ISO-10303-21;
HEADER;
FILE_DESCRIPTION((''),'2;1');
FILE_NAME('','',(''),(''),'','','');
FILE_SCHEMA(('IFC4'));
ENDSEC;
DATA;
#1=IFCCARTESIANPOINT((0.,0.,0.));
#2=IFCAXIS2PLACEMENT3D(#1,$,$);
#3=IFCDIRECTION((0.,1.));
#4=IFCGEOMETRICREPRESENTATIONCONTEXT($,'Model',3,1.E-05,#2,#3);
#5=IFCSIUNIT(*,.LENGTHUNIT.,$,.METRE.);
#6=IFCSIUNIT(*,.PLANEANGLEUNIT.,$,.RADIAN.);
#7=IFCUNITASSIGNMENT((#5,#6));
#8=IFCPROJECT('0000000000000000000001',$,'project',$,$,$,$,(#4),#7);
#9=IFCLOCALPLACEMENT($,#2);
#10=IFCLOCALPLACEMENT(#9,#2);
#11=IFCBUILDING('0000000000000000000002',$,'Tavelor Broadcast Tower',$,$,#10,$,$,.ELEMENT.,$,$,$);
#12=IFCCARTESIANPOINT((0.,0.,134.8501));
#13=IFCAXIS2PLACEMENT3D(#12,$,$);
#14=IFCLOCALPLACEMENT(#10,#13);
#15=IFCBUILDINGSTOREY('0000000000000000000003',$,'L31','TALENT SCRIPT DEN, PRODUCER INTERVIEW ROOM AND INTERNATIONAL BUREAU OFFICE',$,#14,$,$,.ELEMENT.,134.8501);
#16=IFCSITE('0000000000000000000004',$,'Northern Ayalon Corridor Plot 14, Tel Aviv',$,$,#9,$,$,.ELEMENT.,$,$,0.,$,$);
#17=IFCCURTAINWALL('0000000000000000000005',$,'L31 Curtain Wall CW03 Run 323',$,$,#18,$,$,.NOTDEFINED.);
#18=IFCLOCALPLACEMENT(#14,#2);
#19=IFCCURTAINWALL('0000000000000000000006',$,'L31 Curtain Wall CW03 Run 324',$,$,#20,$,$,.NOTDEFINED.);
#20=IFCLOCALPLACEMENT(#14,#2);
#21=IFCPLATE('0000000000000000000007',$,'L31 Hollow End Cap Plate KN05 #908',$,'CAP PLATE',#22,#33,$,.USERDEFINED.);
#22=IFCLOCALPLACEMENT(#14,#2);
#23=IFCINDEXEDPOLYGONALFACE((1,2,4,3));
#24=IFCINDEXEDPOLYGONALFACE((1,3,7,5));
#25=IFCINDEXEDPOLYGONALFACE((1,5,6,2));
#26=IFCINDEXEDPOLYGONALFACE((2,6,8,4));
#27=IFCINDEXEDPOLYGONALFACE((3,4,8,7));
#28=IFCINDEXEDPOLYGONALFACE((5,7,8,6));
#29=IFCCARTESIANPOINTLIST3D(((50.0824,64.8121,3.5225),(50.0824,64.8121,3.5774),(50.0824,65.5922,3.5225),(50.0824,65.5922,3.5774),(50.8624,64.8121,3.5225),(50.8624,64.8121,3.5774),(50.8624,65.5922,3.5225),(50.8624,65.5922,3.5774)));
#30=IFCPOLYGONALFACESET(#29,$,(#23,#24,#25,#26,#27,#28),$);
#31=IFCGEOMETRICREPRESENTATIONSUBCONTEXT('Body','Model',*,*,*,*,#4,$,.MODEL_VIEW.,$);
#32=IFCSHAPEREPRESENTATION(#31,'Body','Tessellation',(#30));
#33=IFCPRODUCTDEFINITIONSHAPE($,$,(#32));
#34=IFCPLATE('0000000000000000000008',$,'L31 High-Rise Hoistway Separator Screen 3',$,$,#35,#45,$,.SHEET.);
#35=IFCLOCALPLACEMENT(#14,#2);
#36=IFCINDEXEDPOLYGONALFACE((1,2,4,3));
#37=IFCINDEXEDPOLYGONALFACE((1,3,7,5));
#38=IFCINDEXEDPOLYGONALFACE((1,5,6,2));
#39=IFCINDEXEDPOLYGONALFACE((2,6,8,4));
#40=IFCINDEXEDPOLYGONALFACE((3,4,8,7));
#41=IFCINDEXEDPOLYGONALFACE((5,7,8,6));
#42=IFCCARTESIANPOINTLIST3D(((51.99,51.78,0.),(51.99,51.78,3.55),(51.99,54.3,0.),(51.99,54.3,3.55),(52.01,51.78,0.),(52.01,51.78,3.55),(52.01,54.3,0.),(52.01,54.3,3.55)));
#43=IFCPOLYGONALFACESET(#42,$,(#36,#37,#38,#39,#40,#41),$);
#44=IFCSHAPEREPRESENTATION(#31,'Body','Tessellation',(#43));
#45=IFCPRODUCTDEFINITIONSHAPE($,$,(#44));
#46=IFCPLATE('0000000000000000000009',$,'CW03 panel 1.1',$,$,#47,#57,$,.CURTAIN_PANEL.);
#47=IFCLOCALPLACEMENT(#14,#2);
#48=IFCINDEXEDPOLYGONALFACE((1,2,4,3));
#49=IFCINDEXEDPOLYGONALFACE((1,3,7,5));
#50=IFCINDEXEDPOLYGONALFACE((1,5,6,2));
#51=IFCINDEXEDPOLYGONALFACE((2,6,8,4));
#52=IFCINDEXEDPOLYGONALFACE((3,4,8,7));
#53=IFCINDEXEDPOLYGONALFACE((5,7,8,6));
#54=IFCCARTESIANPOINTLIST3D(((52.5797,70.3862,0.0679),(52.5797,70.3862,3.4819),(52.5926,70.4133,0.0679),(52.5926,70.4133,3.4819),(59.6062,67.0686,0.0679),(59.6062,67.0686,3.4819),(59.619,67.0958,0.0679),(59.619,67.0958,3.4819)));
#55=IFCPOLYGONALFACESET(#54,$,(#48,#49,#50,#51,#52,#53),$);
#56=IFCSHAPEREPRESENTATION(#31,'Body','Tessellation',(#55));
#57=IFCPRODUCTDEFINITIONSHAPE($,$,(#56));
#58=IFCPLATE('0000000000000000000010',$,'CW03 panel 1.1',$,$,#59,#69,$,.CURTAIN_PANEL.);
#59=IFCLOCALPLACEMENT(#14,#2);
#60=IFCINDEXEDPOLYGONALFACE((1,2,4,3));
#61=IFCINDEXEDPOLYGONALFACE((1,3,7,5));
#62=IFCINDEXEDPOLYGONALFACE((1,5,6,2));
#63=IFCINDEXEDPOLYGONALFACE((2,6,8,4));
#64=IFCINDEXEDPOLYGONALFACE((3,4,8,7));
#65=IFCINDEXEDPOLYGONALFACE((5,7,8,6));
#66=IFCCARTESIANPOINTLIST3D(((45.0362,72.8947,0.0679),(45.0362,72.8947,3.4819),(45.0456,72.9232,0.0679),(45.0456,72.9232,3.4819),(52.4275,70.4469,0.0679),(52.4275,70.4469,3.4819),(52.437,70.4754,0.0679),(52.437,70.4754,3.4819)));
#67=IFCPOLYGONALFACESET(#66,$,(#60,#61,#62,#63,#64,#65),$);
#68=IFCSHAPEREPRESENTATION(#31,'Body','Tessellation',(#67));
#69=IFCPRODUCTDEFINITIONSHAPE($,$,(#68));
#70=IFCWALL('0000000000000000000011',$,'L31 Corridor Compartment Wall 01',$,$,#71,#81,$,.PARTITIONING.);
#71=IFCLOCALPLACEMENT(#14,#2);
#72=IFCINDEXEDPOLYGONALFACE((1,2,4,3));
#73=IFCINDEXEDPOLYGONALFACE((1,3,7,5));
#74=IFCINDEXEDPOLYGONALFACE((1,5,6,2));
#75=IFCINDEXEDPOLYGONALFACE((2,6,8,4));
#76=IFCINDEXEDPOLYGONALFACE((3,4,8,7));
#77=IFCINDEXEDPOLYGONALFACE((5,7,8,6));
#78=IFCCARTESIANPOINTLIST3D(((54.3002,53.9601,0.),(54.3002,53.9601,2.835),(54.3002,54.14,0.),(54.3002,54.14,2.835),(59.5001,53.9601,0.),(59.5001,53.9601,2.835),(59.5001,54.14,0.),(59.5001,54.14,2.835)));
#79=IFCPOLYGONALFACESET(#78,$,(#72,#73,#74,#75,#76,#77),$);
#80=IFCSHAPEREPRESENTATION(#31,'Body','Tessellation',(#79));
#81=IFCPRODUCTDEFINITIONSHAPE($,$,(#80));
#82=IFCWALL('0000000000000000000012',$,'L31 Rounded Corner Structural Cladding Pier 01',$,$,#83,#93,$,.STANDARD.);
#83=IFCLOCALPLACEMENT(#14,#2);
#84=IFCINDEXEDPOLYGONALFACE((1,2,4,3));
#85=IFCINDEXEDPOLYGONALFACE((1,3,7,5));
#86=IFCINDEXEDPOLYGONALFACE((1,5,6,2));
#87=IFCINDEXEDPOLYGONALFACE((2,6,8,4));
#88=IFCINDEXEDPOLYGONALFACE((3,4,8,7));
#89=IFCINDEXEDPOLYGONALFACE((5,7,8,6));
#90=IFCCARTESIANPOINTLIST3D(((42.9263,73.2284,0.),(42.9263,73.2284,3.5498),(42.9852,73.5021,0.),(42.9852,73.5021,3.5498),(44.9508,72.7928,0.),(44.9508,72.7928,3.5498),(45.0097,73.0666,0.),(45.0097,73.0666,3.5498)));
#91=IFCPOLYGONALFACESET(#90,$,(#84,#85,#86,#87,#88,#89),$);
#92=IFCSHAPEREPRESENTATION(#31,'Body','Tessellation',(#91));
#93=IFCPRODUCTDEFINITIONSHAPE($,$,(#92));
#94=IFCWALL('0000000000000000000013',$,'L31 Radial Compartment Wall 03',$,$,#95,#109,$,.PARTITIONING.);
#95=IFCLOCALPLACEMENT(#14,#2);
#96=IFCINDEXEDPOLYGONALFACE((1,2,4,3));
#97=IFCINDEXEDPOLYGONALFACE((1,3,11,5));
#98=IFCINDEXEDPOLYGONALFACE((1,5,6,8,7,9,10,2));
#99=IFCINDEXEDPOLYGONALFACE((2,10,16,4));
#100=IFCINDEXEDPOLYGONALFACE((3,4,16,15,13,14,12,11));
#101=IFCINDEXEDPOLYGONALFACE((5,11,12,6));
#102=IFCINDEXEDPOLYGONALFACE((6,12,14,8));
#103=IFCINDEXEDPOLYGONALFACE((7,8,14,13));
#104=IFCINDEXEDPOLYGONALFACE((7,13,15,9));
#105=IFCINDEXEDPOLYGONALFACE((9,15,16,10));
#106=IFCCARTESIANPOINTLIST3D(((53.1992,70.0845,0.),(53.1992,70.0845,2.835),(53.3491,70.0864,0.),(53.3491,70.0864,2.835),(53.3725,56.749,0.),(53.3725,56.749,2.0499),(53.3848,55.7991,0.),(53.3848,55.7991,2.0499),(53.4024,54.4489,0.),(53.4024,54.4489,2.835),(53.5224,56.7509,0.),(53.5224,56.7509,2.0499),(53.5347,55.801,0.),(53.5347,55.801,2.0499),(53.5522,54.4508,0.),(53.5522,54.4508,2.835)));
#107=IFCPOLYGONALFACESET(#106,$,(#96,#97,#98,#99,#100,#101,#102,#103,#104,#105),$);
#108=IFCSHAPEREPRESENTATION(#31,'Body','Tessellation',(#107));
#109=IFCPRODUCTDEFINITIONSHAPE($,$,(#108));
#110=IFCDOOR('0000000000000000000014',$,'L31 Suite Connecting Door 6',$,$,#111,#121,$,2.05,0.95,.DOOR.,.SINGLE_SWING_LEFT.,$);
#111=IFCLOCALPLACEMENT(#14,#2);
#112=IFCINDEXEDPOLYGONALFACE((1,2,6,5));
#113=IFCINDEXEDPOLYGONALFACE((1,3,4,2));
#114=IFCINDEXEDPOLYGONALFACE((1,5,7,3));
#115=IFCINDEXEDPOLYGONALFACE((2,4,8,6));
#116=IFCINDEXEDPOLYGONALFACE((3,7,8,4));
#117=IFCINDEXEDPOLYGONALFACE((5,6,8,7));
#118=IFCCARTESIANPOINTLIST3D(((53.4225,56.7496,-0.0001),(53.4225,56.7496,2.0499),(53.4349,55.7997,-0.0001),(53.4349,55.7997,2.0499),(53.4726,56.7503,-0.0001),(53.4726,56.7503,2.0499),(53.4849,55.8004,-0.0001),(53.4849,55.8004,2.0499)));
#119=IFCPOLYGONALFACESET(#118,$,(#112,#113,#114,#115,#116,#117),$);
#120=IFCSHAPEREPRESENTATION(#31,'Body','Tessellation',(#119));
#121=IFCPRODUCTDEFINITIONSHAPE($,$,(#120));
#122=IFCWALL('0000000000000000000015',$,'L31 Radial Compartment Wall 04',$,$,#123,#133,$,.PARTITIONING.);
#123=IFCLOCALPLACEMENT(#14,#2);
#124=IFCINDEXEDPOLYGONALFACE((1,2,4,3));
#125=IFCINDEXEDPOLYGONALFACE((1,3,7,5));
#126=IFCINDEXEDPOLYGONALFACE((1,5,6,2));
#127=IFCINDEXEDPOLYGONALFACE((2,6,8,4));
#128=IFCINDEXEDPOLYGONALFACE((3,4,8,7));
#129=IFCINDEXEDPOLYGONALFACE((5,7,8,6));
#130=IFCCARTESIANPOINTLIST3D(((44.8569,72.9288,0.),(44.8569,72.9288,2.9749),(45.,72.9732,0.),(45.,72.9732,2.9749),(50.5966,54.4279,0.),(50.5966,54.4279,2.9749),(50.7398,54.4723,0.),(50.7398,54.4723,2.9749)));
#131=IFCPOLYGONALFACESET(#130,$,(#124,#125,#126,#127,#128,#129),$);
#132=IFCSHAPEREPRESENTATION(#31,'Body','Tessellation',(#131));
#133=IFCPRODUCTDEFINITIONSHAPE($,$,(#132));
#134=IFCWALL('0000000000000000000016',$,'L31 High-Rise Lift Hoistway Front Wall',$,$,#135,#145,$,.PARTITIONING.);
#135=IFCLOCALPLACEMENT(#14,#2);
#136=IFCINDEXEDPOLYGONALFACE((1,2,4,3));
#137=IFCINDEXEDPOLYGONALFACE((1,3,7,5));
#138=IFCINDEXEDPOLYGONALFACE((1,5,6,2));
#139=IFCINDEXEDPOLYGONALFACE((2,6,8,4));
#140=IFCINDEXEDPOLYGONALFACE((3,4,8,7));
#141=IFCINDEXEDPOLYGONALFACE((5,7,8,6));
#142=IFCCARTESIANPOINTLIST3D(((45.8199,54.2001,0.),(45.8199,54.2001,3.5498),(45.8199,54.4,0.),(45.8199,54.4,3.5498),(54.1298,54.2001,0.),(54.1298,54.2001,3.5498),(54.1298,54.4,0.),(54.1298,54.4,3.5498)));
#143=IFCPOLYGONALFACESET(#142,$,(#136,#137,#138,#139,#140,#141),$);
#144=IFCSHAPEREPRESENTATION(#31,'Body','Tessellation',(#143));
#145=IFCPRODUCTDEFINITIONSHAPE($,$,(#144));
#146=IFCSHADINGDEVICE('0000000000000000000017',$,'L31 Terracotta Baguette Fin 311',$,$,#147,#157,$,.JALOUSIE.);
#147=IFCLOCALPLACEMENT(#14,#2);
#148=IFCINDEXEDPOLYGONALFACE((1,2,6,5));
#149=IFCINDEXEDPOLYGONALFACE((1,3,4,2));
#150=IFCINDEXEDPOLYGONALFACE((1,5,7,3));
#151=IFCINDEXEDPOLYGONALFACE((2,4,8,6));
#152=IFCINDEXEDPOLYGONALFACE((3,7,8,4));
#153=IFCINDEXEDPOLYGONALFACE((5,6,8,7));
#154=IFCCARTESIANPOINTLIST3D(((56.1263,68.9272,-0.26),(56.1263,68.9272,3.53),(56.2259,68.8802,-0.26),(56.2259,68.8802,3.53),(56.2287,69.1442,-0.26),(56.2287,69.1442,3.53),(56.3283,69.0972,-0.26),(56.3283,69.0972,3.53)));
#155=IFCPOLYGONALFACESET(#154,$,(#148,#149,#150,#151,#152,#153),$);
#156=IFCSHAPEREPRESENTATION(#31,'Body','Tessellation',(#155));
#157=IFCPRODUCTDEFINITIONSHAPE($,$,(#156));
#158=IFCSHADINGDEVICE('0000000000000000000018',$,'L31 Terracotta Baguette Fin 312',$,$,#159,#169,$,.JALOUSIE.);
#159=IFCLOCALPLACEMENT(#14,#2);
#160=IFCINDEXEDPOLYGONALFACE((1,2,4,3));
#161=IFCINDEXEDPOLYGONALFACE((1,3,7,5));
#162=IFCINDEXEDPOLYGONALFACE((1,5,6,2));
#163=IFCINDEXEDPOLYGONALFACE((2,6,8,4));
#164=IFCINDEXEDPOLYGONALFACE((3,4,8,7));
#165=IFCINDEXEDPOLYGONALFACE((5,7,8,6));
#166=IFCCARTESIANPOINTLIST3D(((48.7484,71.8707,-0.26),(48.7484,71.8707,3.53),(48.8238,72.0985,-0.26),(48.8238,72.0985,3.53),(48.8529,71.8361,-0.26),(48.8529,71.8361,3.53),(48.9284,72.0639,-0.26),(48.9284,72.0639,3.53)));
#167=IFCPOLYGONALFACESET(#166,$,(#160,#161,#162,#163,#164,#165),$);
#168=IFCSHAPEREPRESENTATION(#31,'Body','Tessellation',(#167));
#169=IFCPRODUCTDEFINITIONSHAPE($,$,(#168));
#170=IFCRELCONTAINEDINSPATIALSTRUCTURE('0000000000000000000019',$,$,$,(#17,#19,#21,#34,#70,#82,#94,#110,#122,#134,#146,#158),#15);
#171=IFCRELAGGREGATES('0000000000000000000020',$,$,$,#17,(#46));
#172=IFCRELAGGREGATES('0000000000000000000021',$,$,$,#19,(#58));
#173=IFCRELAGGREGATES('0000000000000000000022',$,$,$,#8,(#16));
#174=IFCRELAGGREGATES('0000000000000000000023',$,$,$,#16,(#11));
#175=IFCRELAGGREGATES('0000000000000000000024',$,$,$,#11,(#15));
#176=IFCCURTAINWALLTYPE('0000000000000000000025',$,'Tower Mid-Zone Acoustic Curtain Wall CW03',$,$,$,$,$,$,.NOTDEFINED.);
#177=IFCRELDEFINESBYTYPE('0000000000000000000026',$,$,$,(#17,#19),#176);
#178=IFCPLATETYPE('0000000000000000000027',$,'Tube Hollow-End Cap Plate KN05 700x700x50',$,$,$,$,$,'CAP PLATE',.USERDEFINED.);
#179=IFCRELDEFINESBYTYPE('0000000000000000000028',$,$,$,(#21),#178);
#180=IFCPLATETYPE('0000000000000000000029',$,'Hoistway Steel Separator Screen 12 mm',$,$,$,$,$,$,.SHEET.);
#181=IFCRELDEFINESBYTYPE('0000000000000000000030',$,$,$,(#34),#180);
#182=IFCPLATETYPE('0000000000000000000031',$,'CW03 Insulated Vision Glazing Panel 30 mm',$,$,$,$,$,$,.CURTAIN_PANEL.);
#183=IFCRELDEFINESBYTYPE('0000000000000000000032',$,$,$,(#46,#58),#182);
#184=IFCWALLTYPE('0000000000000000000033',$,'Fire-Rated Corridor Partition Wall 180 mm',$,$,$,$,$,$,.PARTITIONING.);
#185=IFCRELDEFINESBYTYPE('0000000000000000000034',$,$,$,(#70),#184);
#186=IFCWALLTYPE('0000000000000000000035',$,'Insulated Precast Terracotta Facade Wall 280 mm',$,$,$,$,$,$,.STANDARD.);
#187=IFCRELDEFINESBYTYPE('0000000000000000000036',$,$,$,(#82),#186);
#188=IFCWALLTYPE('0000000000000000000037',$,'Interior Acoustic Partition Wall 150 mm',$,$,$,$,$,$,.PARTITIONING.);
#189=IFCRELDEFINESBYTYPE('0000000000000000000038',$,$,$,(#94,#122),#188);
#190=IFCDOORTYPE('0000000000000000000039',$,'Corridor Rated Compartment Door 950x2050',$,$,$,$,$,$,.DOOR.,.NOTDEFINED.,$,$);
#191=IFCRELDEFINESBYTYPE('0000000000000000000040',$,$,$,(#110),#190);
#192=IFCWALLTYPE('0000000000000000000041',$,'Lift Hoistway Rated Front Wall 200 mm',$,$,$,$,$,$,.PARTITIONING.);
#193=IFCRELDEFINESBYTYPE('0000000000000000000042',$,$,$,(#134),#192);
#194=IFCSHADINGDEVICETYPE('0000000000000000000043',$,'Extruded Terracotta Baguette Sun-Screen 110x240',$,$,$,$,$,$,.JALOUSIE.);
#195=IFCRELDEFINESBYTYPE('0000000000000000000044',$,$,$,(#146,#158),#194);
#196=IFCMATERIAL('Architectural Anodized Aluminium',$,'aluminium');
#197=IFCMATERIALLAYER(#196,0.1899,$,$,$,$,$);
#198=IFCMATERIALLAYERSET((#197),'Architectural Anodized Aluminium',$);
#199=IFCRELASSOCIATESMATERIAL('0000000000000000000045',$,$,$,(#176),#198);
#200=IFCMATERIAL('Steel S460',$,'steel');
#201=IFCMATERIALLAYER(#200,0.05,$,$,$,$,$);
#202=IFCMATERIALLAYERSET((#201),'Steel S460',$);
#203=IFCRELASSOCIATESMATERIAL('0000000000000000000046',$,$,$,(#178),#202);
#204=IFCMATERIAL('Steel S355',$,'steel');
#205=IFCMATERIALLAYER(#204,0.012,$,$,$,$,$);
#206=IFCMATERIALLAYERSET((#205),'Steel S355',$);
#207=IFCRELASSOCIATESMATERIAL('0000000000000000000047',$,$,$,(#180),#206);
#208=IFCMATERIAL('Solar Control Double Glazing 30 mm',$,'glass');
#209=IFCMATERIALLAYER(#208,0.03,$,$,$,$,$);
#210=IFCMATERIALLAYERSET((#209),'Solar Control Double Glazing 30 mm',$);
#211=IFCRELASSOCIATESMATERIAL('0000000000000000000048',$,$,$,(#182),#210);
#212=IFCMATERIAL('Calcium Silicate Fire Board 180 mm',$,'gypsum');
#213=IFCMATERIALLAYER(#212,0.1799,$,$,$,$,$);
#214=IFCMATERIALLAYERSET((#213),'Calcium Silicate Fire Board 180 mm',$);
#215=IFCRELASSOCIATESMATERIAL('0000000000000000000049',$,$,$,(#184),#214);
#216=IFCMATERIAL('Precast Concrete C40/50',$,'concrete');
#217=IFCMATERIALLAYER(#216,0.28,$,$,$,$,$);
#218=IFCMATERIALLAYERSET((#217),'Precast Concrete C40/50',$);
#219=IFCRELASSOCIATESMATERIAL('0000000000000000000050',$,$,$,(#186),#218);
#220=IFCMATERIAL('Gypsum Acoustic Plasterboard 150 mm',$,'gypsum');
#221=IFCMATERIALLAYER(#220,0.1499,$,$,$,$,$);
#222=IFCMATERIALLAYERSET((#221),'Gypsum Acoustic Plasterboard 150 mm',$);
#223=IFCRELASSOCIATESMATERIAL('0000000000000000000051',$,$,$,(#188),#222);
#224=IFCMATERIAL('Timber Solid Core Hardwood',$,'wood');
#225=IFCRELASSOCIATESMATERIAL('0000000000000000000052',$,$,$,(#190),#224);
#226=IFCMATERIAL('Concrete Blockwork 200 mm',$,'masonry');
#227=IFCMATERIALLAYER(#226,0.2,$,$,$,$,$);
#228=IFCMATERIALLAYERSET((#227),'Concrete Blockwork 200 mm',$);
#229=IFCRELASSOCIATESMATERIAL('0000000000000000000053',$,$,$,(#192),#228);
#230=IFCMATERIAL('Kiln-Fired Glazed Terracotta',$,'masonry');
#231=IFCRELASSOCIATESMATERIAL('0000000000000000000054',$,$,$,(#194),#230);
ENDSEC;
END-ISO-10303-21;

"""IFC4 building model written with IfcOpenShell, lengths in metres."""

from ifc_helpers import new_model, si_unit, direction, frame, frame_2d, origin, origin_2d, place, context, subcontext, project, spatial, rectangle, extrude, source, transform, mapped, material, layer, layer_set, type_object, type_shapes, element, fill, aggregate, save


model = new_model("IFC4")

# Units and contexts
model_context = context("Model", 3, precision=1e-05, world=origin(), true_north=direction((0.0, 1.0)))
body_context = subcontext(model_context, "Body", "Model", "MODEL_VIEW")
ifc_project = project(units=[si_unit("LENGTHUNIT", "METRE"), si_unit("PLANEANGLEUNIT", "RADIAN")], contexts=[model_context])

# Site, building, storey
site_placement = place(None, origin())
site = spatial("IfcSite", under=ifc_project, at=site_placement, Name="Northern Ayalon Corridor Plot 14, Tel Aviv", CompositionType="ELEMENT", RefElevation=0.0)
building_placement = place(site_placement, origin())
building = spatial("IfcBuilding", under=site, at=building_placement, Name="Tavelor Broadcast Tower", CompositionType="ELEMENT")
storey_placement = place(building_placement, frame((0.0, 0.0, 134.8501)))
storey = spatial("IfcBuildingStorey", under=building, at=storey_placement, Name="L31", Description="TALENT SCRIPT DEN, PRODUCER INTERVIEW ROOM AND INTERNATIONAL BUREAU OFFICE", CompositionType="ELEMENT", Elevation=134.8501)

# Shared definitions
ifc_material_1 = material(Name="Steel S460", Category="steel")

# Shared definitions
ifc_material_2 = material(Name="Steel S355", Category="steel")

# Curtain wall
ifc_material_3 = material(Name="Architectural Anodized Aluminium", Category="aluminium")
ifc_layer_1 = layer(ifc_material_3, 0.1899)
ifc_layer_set_1 = layer_set([ifc_layer_1], Name="Architectural Anodized Aluminium")
curtain_wall_type = type_object("IfcCurtainWallType", Name="Tower Mid-Zone Acoustic Curtain Wall CW03", PredefinedType="NOTDEFINED", material=ifc_layer_set_1)
curtain_wall_1_placement = place(storey_placement, origin())
curtain_wall_1 = element("IfcCurtainWall", 1, at=curtain_wall_1_placement, inside=storey, type_object=curtain_wall_type, Name="L31 Curtain Wall CW03 Run 323", PredefinedType="NOTDEFINED")

# Curtain wall
curtain_wall_2_placement = place(storey_placement, origin())
curtain_wall_2 = element("IfcCurtainWall", 2, at=curtain_wall_2_placement, inside=storey, type_object=curtain_wall_type, Name="L31 Curtain Wall CW03 Run 324", PredefinedType="NOTDEFINED")

# Plates
ifc_layer_2 = layer(ifc_material_1, 0.05)
ifc_layer_set_2 = layer_set([ifc_layer_2], Name="Steel S460")
plate_type_1 = type_object("IfcPlateType", Name="Tube Hollow-End Cap Plate KN05 700x700x50", ElementType="CAP PLATE", PredefinedType="USERDEFINED", material=ifc_layer_set_2)
shared_shape_1 = source(origin(), body_context, "Body", "SweptSolid", [
    extrude(rectangle(XDim=0.78, YDim=0.78, at=origin_2d()), origin(), (0.0, 0.0, 1.0), 0.0549),
])
type_shapes(plate_type_1, [shared_shape_1])
plate_1_placement = place(storey_placement, frame((50.4724, 65.2021, 3.5225), z_axis=(0.0, 0.0, 1.0), x_axis=(1.0, 0.0, 0.0)))
element("IfcPlate", 3, at=plate_1_placement, inside=storey, type_object=plate_type_1, Name="L31 Hollow End Cap Plate KN05 #908", ObjectType="CAP PLATE", PredefinedType="USERDEFINED", context=body_context, shape_type="MappedRepresentation", body=[
    mapped(shared_shape_1, transform((0.0, 0.0, 0.0), scale=1.0)),
])
ifc_layer_3 = layer(ifc_material_2, 0.012)
ifc_layer_set_3 = layer_set([ifc_layer_3], Name="Steel S355")
plate_type_2 = type_object("IfcPlateType", Name="Hoistway Steel Separator Screen 12 mm", PredefinedType="SHEET", material=ifc_layer_set_3)
shared_shape_2 = source(origin(), body_context, "Body", "SweptSolid", [
    extrude(rectangle(XDim=0.02, YDim=2.52, at=origin_2d()), origin(), (0.0, 0.0, 1.0), 3.55),
])
type_shapes(plate_type_2, [shared_shape_2])
plate_2_placement = place(storey_placement, frame((52.0, 53.04, 0.0), z_axis=(0.0, 0.0, 1.0), x_axis=(1.0, 0.0, 0.0)))
element("IfcPlate", 4, at=plate_2_placement, inside=storey, type_object=plate_type_2, Name="L31 High-Rise Hoistway Separator Screen 3", PredefinedType="SHEET", context=body_context, shape_type="MappedRepresentation", body=[
    mapped(shared_shape_2, transform((0.0, 0.0, 0.0), scale=1.0)),
])

# Plates
ifc_material_4 = material(Name="Solar Control Double Glazing 30 mm", Category="glass")
ifc_layer_4 = layer(ifc_material_4, 0.03)
ifc_layer_set_4 = layer_set([ifc_layer_4], Name="Solar Control Double Glazing 30 mm")
plate_type_3 = type_object("IfcPlateType", Name="CW03 Insulated Vision Glazing Panel 30 mm", PredefinedType="CURTAIN_PANEL", material=ifc_layer_set_4)
shared_shape_3 = source(origin(), body_context, "Body", "SweptSolid", [
    extrude(rectangle(XDim=7.7703, YDim=0.03, at=origin_2d()), origin(), (0.0, 0.0, 1.0), 3.4141),
])
plate_3_placement = place(storey_placement, frame((56.0994, 68.741, 0.0679), z_axis=(0.0, 0.0, 1.0), x_axis=(-0.904273, 0.426954, 0.0)))
plate_3 = element("IfcPlate", 5, at=plate_3_placement, type_object=plate_type_3, Name="CW03 panel 1.1", PredefinedType="CURTAIN_PANEL", context=body_context, shape_type="MappedRepresentation", body=[
    mapped(shared_shape_3, transform((0.0, 0.0, 0.0), scale=1.0)),
])
aggregate(curtain_wall_1, [plate_3])
shared_shape_4 = source(origin(), body_context, "Body", "SweptSolid", [
    extrude(rectangle(XDim=7.7861, YDim=0.03, at=origin_2d()), origin(), (0.0, 0.0, 1.0), 3.4141),
])
type_shapes(plate_type_3, [shared_shape_3, shared_shape_4])
plate_4_placement = place(storey_placement, frame((48.7366, 71.6851, 0.0679), z_axis=(0.0, 0.0, 1.0), x_axis=(-0.949295, 0.314387, 0.0)))
plate_4 = element("IfcPlate", 6, at=plate_4_placement, type_object=plate_type_3, Name="CW03 panel 1.1", PredefinedType="CURTAIN_PANEL", context=body_context, shape_type="MappedRepresentation", body=[
    mapped(shared_shape_4, transform((0.0, 0.0, 0.0), scale=1.0)),
])
aggregate(curtain_wall_2, [plate_4])

# Walls
ifc_material_5 = material(Name="Calcium Silicate Fire Board 180 mm", Category="gypsum")
ifc_layer_5 = layer(ifc_material_5, 0.1799)
ifc_layer_set_5 = layer_set([ifc_layer_5], Name="Calcium Silicate Fire Board 180 mm")
wall_type_1 = type_object("IfcWallType", Name="Fire-Rated Corridor Partition Wall 180 mm", PredefinedType="PARTITIONING", material=ifc_layer_set_5)
wall_1_placement = place(storey_placement, frame((54.3, 54.05, 0.0), z_axis=(0.0, 0.0, 1.0), x_axis=(1.0, 0.0, 0.0)))
element("IfcWall", 7, at=wall_1_placement, inside=storey, type_object=wall_type_1, Name="L31 Corridor Compartment Wall 01", PredefinedType="PARTITIONING", context=body_context, shape_type="SweptSolid", body=[
    extrude(rectangle(XDim=5.2, YDim=0.1799, at=frame_2d((2.6001, 0.0))), origin(), (0.0, 0.0, 1.0), 2.835),
])
ifc_material_6 = material(Name="Precast Concrete C40/50", Category="concrete")
ifc_layer_6 = layer(ifc_material_6, 0.28)
ifc_layer_set_6 = layer_set([ifc_layer_6], Name="Precast Concrete C40/50")
wall_type_2 = type_object("IfcWallType", Name="Insulated Precast Terracotta Facade Wall 280 mm", PredefinedType="STANDARD", material=ifc_layer_set_6)
wall_2_placement = place(storey_placement, frame((44.9802, 72.9297, 0.0), z_axis=(0.0, 0.0, 1.0), x_axis=(-0.97763, 0.210334, 0.0)))
element("IfcWall", 8, at=wall_2_placement, inside=storey, type_object=wall_type_2, Name="L31 Rounded Corner Structural Cladding Pier 01", PredefinedType="STANDARD", context=body_context, shape_type="SweptSolid", body=[
    extrude(rectangle(XDim=2.0708, YDim=0.28, at=frame_2d((1.0354, 0.0))), origin(), (0.0, 0.0, 1.0), 3.5498),
])

# Wall, opening, door
ifc_material_7 = material(Name="Gypsum Acoustic Plasterboard 150 mm", Category="gypsum")
ifc_layer_7 = layer(ifc_material_7, 0.1499)
ifc_layer_set_7 = layer_set([ifc_layer_7], Name="Gypsum Acoustic Plasterboard 150 mm")
wall_type_3 = type_object("IfcWallType", Name="Interior Acoustic Partition Wall 150 mm", PredefinedType="PARTITIONING", material=ifc_layer_set_7)
wall_3_placement = place(storey_placement, frame((53.4773, 54.45, 0.0), z_axis=(0.0, 0.0, 1.0), x_axis=(-0.01299, 0.999916, 0.0)))
wall_3 = element("IfcWall", 9, at=wall_3_placement, inside=storey, type_object=wall_type_3, Name="L31 Radial Compartment Wall 03", PredefinedType="PARTITIONING", context=body_context, shape_type="SweptSolid", body=[
    extrude(rectangle(XDim=15.637, YDim=0.1499, at=frame_2d((7.8184, 0.0))), origin(), (0.0, 0.0, 1.0), 2.835),
])
opening_placement = place(wall_3_placement, frame((1.3501, 0.0, 0.0)))
opening = element("IfcOpeningElement", 10, at=opening_placement, cuts=wall_3, PredefinedType="OPENING", context=body_context, shape_type="SweptSolid", body=[
    extrude(rectangle(XDim=0.95, YDim=2.05, at=frame_2d((0.4751, 1.0249))), frame((0.0, 0.085, 0.0), z_axis=(0.0, -1.0, 0.0), x_axis=(1.0, 0.0, 0.0)), (0.0, 0.0, 1.0), 0.1699),
])
ifc_material_8 = material(Name="Timber Solid Core Hardwood", Category="wood")
door_type = type_object("IfcDoorType", Name="Corridor Rated Compartment Door 950x2050", OperationType="NOTDEFINED", PredefinedType="DOOR", material=ifc_material_8)
door_placement = place(opening_placement, origin())
door = element("IfcDoor", 11, at=door_placement, inside=storey, type_object=door_type, Name="L31 Suite Connecting Door 6", OperationType="SINGLE_SWING_LEFT", OverallHeight=2.05, OverallWidth=0.95, PredefinedType="DOOR", context=body_context, shape_type="SweptSolid", body=[
    extrude(rectangle(XDim=0.95, YDim=2.05, at=frame_2d((0.4751, 1.0249))), frame((0.0, 0.0249, 0.0), z_axis=(0.0, -1.0, 0.0), x_axis=(1.0, 0.0, 0.0)), (0.0, 0.0, 1.0), 0.05),
])
fill(opening, door)

# Walls
wall_4_placement = place(storey_placement, frame((50.6682, 54.45, 0.0), z_axis=(0.0, 0.0, 1.0), x_axis=(-0.296308, 0.955092, 0.0)))
element("IfcWall", 12, at=wall_4_placement, inside=storey, type_object=wall_type_3, Name="L31 Radial Compartment Wall 04", PredefinedType="PARTITIONING", context=body_context, shape_type="SweptSolid", body=[
    extrude(rectangle(XDim=19.3708, YDim=0.1499, at=frame_2d((9.6855, 0.0))), origin(), (0.0, 0.0, 1.0), 2.9749),
])
ifc_material_9 = material(Name="Concrete Blockwork 200 mm", Category="masonry")
ifc_layer_8 = layer(ifc_material_9, 0.2)
ifc_layer_set_8 = layer_set([ifc_layer_8], Name="Concrete Blockwork 200 mm")
wall_type_4 = type_object("IfcWallType", Name="Lift Hoistway Rated Front Wall 200 mm", PredefinedType="PARTITIONING", material=ifc_layer_set_8)
wall_5_placement = place(storey_placement, frame((45.8201, 54.3, 0.0), z_axis=(0.0, 0.0, 1.0), x_axis=(1.0, 0.0, 0.0)))
element("IfcWall", 13, at=wall_5_placement, inside=storey, type_object=wall_type_4, Name="L31 High-Rise Lift Hoistway Front Wall", PredefinedType="PARTITIONING", context=body_context, shape_type="SweptSolid", body=[
    extrude(rectangle(XDim=8.3098, YDim=0.2, at=frame_2d((4.1548, 0.0))), origin(), (0.0, 0.0, 1.0), 3.5498),
])

# Shading devices
ifc_material_10 = material(Name="Kiln-Fired Glazed Terracotta", Category="masonry")
shading_device_type = type_object("IfcShadingDeviceType", Name="Extruded Terracotta Baguette Sun-Screen 110x240", PredefinedType="JALOUSIE", material=ifc_material_10)
shared_shape_5 = source(origin(), body_context, "Body", "SweptSolid", [
    extrude(rectangle(XDim=0.1101, YDim=0.24, at=origin_2d()), origin(), (0.0, 0.0, 1.0), 3.79),
])
type_shapes(shading_device_type, [shared_shape_5])
for number, where, z_axis, x_axis, name in (
    (14, (56.2273, 69.0122, -0.26), (0.0, 0.0, 1.0), (-0.904306, 0.426884, 0.0), "L31 Terracotta Baguette Fin 311"),
    (15, (48.8384, 71.9673, -0.26), (0.0, 0.0, 1.0), (-0.949316, 0.314324, 0.0), "L31 Terracotta Baguette Fin 312"),
):
    element("IfcShadingDevice", number, at=place(storey_placement, frame(where, z_axis=z_axis, x_axis=x_axis)), inside=storey, type_object=shading_device_type, Name=name, PredefinedType="JALOUSIE", context=body_context, shape_type="MappedRepresentation", body=[
        mapped(shared_shape_5, transform((0.0, 0.0, 0.0), scale=1.0)),
    ])

save(model, "model.ifc")
